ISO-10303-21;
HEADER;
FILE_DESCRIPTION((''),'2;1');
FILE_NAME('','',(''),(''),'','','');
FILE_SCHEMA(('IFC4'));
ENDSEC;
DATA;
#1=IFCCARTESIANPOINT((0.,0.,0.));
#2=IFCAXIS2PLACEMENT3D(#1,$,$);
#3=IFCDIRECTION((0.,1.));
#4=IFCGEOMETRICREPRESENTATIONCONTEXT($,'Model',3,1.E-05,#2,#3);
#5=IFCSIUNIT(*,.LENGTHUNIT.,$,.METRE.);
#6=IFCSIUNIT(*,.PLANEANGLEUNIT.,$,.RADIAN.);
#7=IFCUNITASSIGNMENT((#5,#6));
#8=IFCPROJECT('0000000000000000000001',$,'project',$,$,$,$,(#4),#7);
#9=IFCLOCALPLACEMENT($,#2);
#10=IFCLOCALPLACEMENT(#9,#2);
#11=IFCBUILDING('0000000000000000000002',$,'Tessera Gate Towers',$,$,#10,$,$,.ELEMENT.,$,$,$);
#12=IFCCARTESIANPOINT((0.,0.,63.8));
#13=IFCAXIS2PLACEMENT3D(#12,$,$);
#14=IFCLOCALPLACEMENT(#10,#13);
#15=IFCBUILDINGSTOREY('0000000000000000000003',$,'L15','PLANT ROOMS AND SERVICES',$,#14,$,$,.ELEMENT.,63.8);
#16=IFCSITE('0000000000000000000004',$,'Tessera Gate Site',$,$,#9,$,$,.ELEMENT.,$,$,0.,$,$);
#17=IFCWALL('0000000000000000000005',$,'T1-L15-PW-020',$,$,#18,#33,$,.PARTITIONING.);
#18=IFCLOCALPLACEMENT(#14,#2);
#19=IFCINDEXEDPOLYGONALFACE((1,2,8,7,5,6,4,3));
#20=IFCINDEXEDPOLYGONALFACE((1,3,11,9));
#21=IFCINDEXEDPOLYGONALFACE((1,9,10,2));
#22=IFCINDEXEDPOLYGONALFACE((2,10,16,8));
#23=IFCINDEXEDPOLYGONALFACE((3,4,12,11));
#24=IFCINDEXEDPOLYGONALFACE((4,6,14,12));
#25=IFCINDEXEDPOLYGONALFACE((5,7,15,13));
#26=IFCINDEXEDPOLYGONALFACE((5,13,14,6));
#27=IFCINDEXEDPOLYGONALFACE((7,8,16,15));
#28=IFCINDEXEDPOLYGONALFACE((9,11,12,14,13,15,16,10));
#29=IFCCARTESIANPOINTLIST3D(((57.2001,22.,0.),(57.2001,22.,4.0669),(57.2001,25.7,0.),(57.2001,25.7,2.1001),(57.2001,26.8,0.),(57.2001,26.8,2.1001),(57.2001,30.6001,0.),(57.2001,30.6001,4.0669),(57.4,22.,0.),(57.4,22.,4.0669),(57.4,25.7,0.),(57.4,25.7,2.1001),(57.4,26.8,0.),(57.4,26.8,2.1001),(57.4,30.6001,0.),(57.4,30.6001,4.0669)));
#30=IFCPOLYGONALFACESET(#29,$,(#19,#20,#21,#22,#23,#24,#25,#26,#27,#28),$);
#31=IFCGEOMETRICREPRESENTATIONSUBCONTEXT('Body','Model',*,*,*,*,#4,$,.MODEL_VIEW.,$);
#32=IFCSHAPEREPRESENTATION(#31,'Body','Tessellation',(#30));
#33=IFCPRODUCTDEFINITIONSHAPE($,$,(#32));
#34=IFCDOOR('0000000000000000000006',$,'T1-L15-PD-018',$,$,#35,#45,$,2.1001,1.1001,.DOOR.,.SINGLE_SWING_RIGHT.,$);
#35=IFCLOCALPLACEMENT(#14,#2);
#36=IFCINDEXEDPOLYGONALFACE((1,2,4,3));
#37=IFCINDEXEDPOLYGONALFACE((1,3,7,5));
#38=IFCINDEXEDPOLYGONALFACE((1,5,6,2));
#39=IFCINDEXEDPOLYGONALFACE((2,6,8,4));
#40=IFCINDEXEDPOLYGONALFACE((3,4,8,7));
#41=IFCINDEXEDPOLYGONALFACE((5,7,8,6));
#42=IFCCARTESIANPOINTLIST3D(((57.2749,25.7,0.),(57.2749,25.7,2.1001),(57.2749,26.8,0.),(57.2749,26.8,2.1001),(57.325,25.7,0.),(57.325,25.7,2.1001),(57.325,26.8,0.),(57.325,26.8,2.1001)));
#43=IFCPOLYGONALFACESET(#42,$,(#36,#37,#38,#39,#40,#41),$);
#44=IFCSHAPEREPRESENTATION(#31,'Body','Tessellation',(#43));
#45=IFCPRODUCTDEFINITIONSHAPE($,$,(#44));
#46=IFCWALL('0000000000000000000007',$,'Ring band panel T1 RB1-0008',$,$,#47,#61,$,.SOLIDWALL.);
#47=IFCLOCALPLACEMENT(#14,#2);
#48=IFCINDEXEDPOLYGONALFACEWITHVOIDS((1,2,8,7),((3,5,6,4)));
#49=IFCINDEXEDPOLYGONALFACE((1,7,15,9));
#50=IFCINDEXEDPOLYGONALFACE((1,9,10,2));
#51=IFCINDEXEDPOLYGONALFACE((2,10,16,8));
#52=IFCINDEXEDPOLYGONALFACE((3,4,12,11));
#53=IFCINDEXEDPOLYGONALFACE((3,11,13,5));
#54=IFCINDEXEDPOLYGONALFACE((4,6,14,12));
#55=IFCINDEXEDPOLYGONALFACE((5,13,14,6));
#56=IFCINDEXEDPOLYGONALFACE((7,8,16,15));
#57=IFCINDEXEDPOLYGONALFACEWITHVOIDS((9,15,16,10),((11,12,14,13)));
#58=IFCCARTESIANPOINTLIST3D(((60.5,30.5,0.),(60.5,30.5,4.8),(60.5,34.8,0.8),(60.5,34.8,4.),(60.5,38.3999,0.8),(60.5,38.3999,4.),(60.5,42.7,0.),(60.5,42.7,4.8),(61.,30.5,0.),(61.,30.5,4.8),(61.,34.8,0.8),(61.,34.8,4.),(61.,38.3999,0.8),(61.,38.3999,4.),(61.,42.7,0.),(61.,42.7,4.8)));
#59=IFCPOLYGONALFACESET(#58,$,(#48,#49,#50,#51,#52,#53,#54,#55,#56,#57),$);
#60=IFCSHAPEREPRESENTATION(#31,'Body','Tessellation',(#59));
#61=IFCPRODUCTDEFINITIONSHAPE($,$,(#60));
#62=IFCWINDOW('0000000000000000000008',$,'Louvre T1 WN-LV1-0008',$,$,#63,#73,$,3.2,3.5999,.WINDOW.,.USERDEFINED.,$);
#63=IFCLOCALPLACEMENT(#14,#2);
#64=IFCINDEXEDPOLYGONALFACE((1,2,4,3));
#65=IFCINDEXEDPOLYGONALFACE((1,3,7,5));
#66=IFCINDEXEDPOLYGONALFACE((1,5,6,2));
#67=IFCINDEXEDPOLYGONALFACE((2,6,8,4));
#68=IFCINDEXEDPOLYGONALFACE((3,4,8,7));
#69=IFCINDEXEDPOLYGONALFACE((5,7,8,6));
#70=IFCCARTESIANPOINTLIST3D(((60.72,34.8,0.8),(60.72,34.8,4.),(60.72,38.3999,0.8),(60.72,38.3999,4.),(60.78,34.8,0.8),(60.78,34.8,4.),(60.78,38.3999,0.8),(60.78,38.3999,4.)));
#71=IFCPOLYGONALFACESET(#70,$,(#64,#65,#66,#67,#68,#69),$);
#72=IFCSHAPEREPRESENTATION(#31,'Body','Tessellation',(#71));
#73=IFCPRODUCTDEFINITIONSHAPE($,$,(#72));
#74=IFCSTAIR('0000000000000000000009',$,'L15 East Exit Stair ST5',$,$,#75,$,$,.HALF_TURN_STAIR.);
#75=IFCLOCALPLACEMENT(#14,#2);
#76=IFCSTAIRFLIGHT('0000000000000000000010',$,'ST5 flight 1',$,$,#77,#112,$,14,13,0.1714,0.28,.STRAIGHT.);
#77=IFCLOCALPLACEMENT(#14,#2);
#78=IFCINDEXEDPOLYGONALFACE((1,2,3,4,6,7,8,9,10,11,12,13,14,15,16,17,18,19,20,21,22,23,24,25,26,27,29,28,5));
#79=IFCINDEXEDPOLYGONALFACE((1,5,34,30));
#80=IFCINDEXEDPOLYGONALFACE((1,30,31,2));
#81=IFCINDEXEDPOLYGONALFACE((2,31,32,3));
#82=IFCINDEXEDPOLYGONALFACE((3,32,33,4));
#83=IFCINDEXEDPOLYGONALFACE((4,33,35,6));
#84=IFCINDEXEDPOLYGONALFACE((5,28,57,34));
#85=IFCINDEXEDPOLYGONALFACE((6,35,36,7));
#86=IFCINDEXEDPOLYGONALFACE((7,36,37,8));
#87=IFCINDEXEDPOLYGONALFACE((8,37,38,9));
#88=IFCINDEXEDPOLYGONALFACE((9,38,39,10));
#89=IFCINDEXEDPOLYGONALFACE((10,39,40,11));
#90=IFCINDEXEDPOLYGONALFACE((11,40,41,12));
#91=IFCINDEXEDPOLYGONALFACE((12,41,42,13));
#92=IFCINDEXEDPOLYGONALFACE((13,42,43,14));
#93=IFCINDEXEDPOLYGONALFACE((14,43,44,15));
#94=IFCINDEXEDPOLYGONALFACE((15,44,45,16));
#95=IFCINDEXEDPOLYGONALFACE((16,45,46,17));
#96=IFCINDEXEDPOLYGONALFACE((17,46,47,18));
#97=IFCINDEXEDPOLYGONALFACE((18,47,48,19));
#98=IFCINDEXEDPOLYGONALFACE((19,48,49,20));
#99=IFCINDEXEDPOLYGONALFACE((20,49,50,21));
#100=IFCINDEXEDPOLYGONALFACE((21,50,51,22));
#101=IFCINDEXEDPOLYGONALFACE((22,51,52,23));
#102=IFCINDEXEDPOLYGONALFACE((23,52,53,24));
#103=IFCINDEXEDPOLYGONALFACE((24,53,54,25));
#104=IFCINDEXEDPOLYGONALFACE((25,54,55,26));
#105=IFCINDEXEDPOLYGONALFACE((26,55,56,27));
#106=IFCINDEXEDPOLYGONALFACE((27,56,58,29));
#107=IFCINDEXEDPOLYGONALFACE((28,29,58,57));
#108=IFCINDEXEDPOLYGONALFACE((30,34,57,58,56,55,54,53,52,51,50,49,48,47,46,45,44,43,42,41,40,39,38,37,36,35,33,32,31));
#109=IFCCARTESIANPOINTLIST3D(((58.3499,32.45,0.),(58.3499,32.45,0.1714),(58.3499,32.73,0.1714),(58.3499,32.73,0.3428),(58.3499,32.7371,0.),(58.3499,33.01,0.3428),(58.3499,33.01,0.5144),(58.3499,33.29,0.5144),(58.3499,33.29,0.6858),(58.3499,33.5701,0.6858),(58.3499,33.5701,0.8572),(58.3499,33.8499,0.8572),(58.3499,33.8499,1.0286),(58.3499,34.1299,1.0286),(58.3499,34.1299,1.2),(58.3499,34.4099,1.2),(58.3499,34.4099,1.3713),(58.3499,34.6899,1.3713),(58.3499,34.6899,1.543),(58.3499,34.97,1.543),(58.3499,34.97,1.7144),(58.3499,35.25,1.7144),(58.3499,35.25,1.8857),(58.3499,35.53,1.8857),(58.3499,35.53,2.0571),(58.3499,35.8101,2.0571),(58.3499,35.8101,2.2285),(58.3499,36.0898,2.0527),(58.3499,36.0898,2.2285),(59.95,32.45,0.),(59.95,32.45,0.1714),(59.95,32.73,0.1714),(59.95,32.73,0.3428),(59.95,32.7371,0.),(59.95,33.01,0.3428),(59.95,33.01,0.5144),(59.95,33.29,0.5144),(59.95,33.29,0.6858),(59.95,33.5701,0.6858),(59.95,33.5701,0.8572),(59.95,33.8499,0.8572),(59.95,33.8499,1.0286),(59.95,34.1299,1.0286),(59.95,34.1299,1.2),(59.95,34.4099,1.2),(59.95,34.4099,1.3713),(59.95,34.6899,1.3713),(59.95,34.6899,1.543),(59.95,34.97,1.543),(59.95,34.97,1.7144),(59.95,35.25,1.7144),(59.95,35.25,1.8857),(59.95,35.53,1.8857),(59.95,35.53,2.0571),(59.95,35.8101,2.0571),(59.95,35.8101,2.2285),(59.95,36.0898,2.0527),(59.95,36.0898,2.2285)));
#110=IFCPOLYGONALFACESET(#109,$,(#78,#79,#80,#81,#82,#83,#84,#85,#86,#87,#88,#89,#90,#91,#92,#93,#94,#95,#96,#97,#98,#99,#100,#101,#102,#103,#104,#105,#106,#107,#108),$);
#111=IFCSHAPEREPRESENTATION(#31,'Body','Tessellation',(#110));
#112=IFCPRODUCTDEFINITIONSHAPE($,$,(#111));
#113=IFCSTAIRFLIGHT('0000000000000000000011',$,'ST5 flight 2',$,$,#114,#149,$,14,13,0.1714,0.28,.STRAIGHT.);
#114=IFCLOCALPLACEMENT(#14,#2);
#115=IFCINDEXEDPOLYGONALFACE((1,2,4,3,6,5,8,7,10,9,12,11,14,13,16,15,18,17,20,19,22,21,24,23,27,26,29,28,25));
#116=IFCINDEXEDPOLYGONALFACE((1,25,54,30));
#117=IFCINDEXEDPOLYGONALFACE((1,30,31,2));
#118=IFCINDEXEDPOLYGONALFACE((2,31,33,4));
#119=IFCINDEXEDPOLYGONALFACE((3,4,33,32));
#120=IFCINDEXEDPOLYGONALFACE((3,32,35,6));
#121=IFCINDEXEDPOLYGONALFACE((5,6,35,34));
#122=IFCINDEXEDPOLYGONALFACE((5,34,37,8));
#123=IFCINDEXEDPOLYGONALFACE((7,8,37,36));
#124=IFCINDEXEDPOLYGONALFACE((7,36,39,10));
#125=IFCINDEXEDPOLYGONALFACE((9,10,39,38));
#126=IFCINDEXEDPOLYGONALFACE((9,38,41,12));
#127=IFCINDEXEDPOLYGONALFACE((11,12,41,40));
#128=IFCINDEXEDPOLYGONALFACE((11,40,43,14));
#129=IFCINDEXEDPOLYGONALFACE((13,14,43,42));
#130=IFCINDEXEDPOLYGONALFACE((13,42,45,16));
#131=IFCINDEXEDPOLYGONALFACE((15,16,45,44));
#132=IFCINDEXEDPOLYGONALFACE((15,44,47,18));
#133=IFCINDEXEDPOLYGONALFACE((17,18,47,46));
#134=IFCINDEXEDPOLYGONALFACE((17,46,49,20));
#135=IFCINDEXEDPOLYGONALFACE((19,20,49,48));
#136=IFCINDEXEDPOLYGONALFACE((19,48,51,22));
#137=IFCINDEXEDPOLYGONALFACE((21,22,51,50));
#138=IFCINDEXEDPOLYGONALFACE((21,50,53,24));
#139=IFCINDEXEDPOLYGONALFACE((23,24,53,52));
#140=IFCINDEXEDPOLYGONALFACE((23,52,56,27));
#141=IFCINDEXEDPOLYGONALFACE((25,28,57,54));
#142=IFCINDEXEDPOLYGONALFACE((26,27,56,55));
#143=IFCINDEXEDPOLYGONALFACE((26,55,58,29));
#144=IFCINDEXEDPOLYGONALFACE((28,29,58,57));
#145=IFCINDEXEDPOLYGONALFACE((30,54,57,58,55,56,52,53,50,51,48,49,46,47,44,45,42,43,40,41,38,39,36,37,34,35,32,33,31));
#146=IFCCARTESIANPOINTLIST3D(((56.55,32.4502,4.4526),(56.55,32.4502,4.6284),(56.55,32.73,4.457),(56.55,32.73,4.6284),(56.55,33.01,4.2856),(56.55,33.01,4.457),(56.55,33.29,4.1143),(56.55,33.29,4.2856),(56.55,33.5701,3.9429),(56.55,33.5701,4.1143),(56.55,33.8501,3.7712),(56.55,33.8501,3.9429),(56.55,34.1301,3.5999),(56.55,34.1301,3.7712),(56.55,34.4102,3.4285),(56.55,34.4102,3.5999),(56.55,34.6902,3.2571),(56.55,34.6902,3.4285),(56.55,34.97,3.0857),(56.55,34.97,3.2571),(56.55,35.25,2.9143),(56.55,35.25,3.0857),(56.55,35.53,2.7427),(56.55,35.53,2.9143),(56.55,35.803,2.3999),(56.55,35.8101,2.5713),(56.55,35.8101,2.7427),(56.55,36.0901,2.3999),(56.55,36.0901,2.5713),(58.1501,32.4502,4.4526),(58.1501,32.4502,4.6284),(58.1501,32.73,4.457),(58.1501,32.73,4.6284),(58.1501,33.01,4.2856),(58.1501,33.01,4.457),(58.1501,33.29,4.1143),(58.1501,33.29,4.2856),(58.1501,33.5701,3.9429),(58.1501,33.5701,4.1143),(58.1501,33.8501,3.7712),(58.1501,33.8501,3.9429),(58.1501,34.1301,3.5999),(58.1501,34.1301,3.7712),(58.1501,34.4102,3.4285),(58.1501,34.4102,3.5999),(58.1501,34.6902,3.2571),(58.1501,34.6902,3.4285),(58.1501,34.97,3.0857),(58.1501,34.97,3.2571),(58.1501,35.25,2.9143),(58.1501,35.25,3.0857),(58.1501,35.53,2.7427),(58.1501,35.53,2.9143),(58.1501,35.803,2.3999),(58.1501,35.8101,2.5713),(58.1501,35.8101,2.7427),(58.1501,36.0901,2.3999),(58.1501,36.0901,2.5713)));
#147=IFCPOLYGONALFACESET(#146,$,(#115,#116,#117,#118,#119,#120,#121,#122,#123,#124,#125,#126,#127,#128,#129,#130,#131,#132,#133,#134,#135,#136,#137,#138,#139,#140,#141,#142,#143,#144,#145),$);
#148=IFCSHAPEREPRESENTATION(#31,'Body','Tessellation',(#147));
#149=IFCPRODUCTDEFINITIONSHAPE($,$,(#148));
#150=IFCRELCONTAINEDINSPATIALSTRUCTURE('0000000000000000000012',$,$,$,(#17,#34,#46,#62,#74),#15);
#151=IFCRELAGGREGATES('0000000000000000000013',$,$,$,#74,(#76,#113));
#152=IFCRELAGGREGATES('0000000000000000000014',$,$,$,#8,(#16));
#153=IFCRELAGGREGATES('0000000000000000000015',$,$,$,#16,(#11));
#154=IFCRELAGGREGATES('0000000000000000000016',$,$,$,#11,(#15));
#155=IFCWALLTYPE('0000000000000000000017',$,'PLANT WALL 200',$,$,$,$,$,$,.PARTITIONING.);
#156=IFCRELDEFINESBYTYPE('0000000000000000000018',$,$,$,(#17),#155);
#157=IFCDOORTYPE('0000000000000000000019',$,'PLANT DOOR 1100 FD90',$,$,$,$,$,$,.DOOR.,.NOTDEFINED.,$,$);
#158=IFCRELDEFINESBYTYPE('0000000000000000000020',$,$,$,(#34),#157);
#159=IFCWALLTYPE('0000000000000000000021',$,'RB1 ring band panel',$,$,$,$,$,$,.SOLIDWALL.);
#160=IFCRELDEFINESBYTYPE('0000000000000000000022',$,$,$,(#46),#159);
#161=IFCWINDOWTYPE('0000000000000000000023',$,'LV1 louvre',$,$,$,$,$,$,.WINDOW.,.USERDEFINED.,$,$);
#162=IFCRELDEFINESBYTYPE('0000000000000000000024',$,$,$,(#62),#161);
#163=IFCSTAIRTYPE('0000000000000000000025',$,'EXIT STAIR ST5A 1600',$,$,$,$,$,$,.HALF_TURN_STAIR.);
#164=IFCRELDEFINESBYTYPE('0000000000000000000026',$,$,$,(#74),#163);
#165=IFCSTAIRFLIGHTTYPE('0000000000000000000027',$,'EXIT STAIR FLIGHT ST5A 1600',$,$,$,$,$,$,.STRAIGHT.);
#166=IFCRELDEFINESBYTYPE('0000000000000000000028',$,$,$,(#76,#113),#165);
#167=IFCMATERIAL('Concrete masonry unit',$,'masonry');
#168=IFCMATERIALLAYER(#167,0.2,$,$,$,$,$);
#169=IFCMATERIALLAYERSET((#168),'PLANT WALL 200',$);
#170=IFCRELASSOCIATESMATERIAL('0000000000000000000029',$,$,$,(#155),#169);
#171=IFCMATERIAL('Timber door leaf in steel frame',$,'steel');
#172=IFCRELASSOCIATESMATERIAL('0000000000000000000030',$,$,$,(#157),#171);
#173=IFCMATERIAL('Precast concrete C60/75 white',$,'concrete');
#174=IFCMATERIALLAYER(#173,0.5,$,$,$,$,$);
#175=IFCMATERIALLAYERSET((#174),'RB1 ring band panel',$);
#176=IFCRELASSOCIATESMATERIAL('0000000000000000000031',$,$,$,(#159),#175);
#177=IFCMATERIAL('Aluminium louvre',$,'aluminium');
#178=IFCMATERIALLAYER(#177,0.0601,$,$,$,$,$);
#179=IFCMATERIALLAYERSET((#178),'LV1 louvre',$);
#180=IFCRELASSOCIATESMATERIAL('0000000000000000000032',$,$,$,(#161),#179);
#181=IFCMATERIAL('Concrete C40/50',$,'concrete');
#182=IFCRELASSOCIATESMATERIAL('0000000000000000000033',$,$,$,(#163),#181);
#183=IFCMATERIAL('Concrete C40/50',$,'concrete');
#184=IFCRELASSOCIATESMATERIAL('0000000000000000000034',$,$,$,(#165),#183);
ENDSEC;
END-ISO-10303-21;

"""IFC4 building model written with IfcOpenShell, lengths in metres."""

from ifc_helpers import new_model, si_unit, direction, frame, frame_2d, origin, place, context, subcontext, project, spatial, polyline, rectangle, outline, extrude, source, transform, mapped, material, layer, layer_set, type_object, element, fill, aggregate, save


model = new_model("IFC4")

# Units and contexts
model_context = context("Model", 3, precision=1e-05, world=origin(), true_north=direction((0.0, 1.0)))
body_context = subcontext(model_context, "Body", "Model", "MODEL_VIEW")
ifc_project = project(units=[si_unit("LENGTHUNIT", "METRE"), si_unit("PLANEANGLEUNIT", "RADIAN")], contexts=[model_context])

# Site, building, storey
site_placement = place(None, origin())
site = spatial("IfcSite", under=ifc_project, at=site_placement, Name="Tessera Gate Site", CompositionType="ELEMENT", RefElevation=0.0)
building_placement = place(site_placement, origin())
building = spatial("IfcBuilding", under=site, at=building_placement, Name="Tessera Gate Towers", CompositionType="ELEMENT")
storey_placement = place(building_placement, frame((0.0, 0.0, 63.8)))
storey = spatial("IfcBuildingStorey", under=building, at=storey_placement, Name="L15", Description="PLANT ROOMS AND SERVICES", CompositionType="ELEMENT", Elevation=63.8)

# Wall, opening, door
ifc_material_1 = material(Name="Concrete masonry unit", Category="masonry")
ifc_layer_1 = layer(ifc_material_1, 0.2)
ifc_layer_set_1 = layer_set([ifc_layer_1], Name="PLANT WALL 200")
wall_type_1 = type_object("IfcWallType", Name="PLANT WALL 200", PredefinedType="PARTITIONING", material=ifc_layer_set_1)
wall_1_placement = place(storey_placement, frame((57.3, 30.6001, 0.0), z_axis=(0.0, 0.0, 1.0), x_axis=(0.0, -1.0, 0.0)))
wall_1 = element("IfcWall", 1, at=wall_1_placement, inside=storey, type_object=wall_type_1, Name="T1-L15-PW-020", PredefinedType="PARTITIONING", context=body_context, shape_type="SweptSolid", body=[
    extrude(rectangle(XDim=8.6001, YDim=0.2, at=frame_2d((4.3, 0.0))), origin(), (0.0, 0.0, 1.0), 4.0669),
])
shared_shape_1 = source(origin(), body_context, "Body", "SweptSolid", [
    extrude(rectangle(XDim=1.1001, YDim=2.1001, at=frame_2d((0.55, 1.05))), frame((0.0, 0.1099, 0.0), z_axis=(0.0, -1.0, 0.0), x_axis=(1.0, 0.0, 0.0)), (0.0, 0.0, 1.0), 0.22),
])
opening_1_placement = place(wall_1_placement, frame((3.8, 0.0, 0.0)))
opening_1 = element("IfcOpeningElement", 2, at=opening_1_placement, cuts=wall_1, PredefinedType="OPENING", context=body_context, shape_type="MappedRepresentation", body=[
    mapped(shared_shape_1, transform((0.0, 0.0, 0.0), scale=1.0)),
])
ifc_material_2 = material(Name="Timber door leaf in steel frame", Category="steel")
door_type_1 = type_object("IfcDoorType", Name="PLANT DOOR 1100 FD90", OperationType="NOTDEFINED", PredefinedType="DOOR", material=ifc_material_2)
shared_shape_2 = source(origin(), body_context, "Body", "SweptSolid", [
    extrude(rectangle(XDim=1.1001, YDim=2.1001, at=frame_2d((0.55, 1.05))), frame((0.0, 0.0249, 0.0), z_axis=(0.0, -1.0, 0.0), x_axis=(1.0, 0.0, 0.0)), (0.0, 0.0, 1.0), 0.05),
])
door_1_placement = place(opening_1_placement, origin())
door_1 = element("IfcDoor", 3, at=door_1_placement, inside=storey, type_object=door_type_1, Name="T1-L15-PD-018", OperationType="SINGLE_SWING_RIGHT", OverallHeight=2.1001, OverallWidth=1.1001, PredefinedType="DOOR", context=body_context, shape_type="MappedRepresentation", body=[
    mapped(shared_shape_2, transform((0.0, 0.0, 0.0), scale=1.0)),
])
fill(opening_1, door_1)

# Wall, opening, window
ifc_material_3 = material(Name="Precast concrete C60/75 white", Category="concrete")
ifc_layer_2 = layer(ifc_material_3, 0.5)
ifc_layer_set_2 = layer_set([ifc_layer_2], Name="RB1 ring band panel")
wall_type_2 = type_object("IfcWallType", Name="RB1 ring band panel", PredefinedType="SOLIDWALL", material=ifc_layer_set_2)
shared_shape_3 = source(origin(), body_context, "Body", "SweptSolid", [
    extrude(outline(polyline([(0.0, 0.0), (12.2, 0.0), (12.2, 4.8), (0.0, 4.8), (0.0, 0.0)])), frame((0.0, 0.25, 0.0), z_axis=(0.0, -1.0, 0.0), x_axis=(1.0, 0.0, 0.0)), (0.0, 0.0, 1.0), 0.5),
])
wall_2_placement = place(storey_placement, frame((60.75, 30.5, 0.0), z_axis=(0.0, 0.0, 1.0), x_axis=(0.0, 1.0, 0.0)))
wall_2 = element("IfcWall", 4, at=wall_2_placement, inside=storey, type_object=wall_type_2, Name="Ring band panel T1 RB1-0008", PredefinedType="SOLIDWALL", context=body_context, shape_type="MappedRepresentation", body=[
    mapped(shared_shape_3, transform((0.0, 0.0, 0.0), scale=1.0)),
])
shared_shape_4 = source(origin(), body_context, "Body", "SweptSolid", [
    extrude(outline(polyline([(4.3, 0.8), (7.8999, 0.8), (7.8999, 4.0), (4.3, 4.0), (4.3, 0.8)])), frame((0.0, 0.26, 0.0), z_axis=(0.0, -1.0, 0.0), x_axis=(1.0, 0.0, 0.0)), (0.0, 0.0, 1.0), 0.52),
])
opening_2_placement = place(wall_2_placement, origin())
opening_2 = element("IfcOpeningElement", 5, at=opening_2_placement, cuts=wall_2, PredefinedType="OPENING", context=body_context, shape_type="MappedRepresentation", body=[
    mapped(shared_shape_4, transform((0.0, 0.0, 0.0), scale=1.0)),
])
ifc_material_4 = material(Name="Aluminium louvre", Category="aluminium")
ifc_layer_3 = layer(ifc_material_4, 0.0601)
ifc_layer_set_3 = layer_set([ifc_layer_3], Name="LV1 louvre")
window_type = type_object("IfcWindowType", Name="LV1 louvre", PartitioningType="USERDEFINED", PredefinedType="WINDOW", material=ifc_layer_set_3)
shared_shape_5 = source(origin(), body_context, "Body", "SweptSolid", [
    extrude(outline(polyline([(4.3, 0.8), (7.8999, 0.8), (7.8999, 4.0), (4.3, 4.0), (4.3, 0.8)])), frame((0.0, 0.03, 0.0), z_axis=(0.0, -1.0, 0.0), x_axis=(1.0, 0.0, 0.0)), (0.0, 0.0, 1.0), 0.0601),
])
window_placement = place(opening_2_placement, origin())
window = element("IfcWindow", 6, at=window_placement, inside=storey, type_object=window_type, Name="Louvre T1 WN-LV1-0008", OverallHeight=3.2, OverallWidth=3.5999, PartitioningType="USERDEFINED", PredefinedType="WINDOW", context=body_context, shape_type="MappedRepresentation", body=[
    mapped(shared_shape_5, transform((0.0, 0.0, 0.0), scale=1.0)),
])
fill(opening_2, window)

# Stair, stair flights
ifc_material_5 = material(Name="Concrete C40/50", Category="concrete")
stair_type = type_object("IfcStairType", Name="EXIT STAIR ST5A 1600", PredefinedType="HALF_TURN_STAIR", material=ifc_material_5)
stair_placement = place(storey_placement, origin())
stair = element("IfcStair", 7, at=stair_placement, inside=storey, type_object=stair_type, Name="L15 East Exit Stair ST5", PredefinedType="HALF_TURN_STAIR")
ifc_material_6 = material(Name="Concrete C40/50", Category="concrete")
stair_flight_type = type_object("IfcStairFlightType", Name="EXIT STAIR FLIGHT ST5A 1600", PredefinedType="STRAIGHT", material=ifc_material_6)
stair_flight_1_placement = place(storey_placement, frame((59.1499, 32.45, 0.0), z_axis=(0.0, 0.0, 1.0), x_axis=(0.0, 1.0, 0.0)))
stair_flight_1 = element("IfcStairFlight", 8, at=stair_flight_1_placement, type_object=stair_flight_type, Name="ST5 flight 1", NumberOfRisers=14, NumberOfTreads=13, PredefinedType="STRAIGHT", RiserHeight=0.1714, TreadLength=0.28, context=body_context, shape_type="SweptSolid", body=[
    extrude(outline(polyline([(0.0, 0.0), (0.0, 0.1714), (0.28, 0.1714), (0.28, 0.3428), (0.5601, 0.3428), (0.5601, 0.5144), (0.8401, 0.5144), (0.8401, 0.6858), (1.1201, 0.6858), (1.1201, 0.8572), (1.3999, 0.8572), (1.3999, 1.0286), (1.6799, 1.0286), (1.6799, 1.2), (1.96, 1.2), (1.96, 1.3713), (2.24, 1.3713), (2.24, 1.543), (2.52, 1.543), (2.52, 1.7144), (2.8, 1.7144), (2.8, 1.8857), (3.0801, 1.8857), (3.0801, 2.0571), (3.3601, 2.0571), (3.3601, 2.2285), (3.6399, 2.2285), (3.6399, 2.3999), (3.6399, 2.0527), (0.2871, 0.0), (0.0, 0.0)])), frame((0.0, 0.8, 0.0), z_axis=(0.0, -1.0, 0.0), x_axis=(1.0, 0.0, 0.0)), (0.0, 0.0, 1.0), 1.6001),
])
stair_flight_2_placement = place(storey_placement, frame((57.3501, 36.0901, 2.3999), z_axis=(0.0, 0.0, 1.0), x_axis=(0.0, -1.0, 0.0)))
stair_flight_2 = element("IfcStairFlight", 9, at=stair_flight_2_placement, type_object=stair_flight_type, Name="ST5 flight 2", NumberOfRisers=14, NumberOfTreads=13, PredefinedType="STRAIGHT", RiserHeight=0.1714, TreadLength=0.28, context=body_context, shape_type="SweptSolid", body=[
    extrude(outline(polyline([(0.0, 0.0), (0.0, 0.1714), (0.28, 0.1714), (0.28, 0.3428), (0.5601, 0.3428), (0.5601, 0.5144), (0.8401, 0.5144), (0.8401, 0.6858), (1.1201, 0.6858), (1.1201, 0.8572), (1.3999, 0.8572), (1.3999, 1.0286), (1.6799, 1.0286), (1.6799, 1.2), (1.96, 1.2), (1.96, 1.3713), (2.24, 1.3713), (2.24, 1.543), (2.52, 1.543), (2.52, 1.7144), (2.8, 1.7144), (2.8, 1.8857), (3.0801, 1.8857), (3.0801, 2.0571), (3.3601, 2.0571), (3.3601, 2.2285), (3.6399, 2.2285), (3.6399, 2.3999), (3.6399, 2.0527), (0.2871, 0.0), (0.0, 0.0)])), frame((0.0, 0.8, 0.0), z_axis=(0.0, -1.0, 0.0), x_axis=(1.0, 0.0, 0.0)), (0.0, 0.0, 1.0), 1.6001),
])
aggregate(stair, [stair_flight_1, stair_flight_2])

save(model, "model.ifc")
